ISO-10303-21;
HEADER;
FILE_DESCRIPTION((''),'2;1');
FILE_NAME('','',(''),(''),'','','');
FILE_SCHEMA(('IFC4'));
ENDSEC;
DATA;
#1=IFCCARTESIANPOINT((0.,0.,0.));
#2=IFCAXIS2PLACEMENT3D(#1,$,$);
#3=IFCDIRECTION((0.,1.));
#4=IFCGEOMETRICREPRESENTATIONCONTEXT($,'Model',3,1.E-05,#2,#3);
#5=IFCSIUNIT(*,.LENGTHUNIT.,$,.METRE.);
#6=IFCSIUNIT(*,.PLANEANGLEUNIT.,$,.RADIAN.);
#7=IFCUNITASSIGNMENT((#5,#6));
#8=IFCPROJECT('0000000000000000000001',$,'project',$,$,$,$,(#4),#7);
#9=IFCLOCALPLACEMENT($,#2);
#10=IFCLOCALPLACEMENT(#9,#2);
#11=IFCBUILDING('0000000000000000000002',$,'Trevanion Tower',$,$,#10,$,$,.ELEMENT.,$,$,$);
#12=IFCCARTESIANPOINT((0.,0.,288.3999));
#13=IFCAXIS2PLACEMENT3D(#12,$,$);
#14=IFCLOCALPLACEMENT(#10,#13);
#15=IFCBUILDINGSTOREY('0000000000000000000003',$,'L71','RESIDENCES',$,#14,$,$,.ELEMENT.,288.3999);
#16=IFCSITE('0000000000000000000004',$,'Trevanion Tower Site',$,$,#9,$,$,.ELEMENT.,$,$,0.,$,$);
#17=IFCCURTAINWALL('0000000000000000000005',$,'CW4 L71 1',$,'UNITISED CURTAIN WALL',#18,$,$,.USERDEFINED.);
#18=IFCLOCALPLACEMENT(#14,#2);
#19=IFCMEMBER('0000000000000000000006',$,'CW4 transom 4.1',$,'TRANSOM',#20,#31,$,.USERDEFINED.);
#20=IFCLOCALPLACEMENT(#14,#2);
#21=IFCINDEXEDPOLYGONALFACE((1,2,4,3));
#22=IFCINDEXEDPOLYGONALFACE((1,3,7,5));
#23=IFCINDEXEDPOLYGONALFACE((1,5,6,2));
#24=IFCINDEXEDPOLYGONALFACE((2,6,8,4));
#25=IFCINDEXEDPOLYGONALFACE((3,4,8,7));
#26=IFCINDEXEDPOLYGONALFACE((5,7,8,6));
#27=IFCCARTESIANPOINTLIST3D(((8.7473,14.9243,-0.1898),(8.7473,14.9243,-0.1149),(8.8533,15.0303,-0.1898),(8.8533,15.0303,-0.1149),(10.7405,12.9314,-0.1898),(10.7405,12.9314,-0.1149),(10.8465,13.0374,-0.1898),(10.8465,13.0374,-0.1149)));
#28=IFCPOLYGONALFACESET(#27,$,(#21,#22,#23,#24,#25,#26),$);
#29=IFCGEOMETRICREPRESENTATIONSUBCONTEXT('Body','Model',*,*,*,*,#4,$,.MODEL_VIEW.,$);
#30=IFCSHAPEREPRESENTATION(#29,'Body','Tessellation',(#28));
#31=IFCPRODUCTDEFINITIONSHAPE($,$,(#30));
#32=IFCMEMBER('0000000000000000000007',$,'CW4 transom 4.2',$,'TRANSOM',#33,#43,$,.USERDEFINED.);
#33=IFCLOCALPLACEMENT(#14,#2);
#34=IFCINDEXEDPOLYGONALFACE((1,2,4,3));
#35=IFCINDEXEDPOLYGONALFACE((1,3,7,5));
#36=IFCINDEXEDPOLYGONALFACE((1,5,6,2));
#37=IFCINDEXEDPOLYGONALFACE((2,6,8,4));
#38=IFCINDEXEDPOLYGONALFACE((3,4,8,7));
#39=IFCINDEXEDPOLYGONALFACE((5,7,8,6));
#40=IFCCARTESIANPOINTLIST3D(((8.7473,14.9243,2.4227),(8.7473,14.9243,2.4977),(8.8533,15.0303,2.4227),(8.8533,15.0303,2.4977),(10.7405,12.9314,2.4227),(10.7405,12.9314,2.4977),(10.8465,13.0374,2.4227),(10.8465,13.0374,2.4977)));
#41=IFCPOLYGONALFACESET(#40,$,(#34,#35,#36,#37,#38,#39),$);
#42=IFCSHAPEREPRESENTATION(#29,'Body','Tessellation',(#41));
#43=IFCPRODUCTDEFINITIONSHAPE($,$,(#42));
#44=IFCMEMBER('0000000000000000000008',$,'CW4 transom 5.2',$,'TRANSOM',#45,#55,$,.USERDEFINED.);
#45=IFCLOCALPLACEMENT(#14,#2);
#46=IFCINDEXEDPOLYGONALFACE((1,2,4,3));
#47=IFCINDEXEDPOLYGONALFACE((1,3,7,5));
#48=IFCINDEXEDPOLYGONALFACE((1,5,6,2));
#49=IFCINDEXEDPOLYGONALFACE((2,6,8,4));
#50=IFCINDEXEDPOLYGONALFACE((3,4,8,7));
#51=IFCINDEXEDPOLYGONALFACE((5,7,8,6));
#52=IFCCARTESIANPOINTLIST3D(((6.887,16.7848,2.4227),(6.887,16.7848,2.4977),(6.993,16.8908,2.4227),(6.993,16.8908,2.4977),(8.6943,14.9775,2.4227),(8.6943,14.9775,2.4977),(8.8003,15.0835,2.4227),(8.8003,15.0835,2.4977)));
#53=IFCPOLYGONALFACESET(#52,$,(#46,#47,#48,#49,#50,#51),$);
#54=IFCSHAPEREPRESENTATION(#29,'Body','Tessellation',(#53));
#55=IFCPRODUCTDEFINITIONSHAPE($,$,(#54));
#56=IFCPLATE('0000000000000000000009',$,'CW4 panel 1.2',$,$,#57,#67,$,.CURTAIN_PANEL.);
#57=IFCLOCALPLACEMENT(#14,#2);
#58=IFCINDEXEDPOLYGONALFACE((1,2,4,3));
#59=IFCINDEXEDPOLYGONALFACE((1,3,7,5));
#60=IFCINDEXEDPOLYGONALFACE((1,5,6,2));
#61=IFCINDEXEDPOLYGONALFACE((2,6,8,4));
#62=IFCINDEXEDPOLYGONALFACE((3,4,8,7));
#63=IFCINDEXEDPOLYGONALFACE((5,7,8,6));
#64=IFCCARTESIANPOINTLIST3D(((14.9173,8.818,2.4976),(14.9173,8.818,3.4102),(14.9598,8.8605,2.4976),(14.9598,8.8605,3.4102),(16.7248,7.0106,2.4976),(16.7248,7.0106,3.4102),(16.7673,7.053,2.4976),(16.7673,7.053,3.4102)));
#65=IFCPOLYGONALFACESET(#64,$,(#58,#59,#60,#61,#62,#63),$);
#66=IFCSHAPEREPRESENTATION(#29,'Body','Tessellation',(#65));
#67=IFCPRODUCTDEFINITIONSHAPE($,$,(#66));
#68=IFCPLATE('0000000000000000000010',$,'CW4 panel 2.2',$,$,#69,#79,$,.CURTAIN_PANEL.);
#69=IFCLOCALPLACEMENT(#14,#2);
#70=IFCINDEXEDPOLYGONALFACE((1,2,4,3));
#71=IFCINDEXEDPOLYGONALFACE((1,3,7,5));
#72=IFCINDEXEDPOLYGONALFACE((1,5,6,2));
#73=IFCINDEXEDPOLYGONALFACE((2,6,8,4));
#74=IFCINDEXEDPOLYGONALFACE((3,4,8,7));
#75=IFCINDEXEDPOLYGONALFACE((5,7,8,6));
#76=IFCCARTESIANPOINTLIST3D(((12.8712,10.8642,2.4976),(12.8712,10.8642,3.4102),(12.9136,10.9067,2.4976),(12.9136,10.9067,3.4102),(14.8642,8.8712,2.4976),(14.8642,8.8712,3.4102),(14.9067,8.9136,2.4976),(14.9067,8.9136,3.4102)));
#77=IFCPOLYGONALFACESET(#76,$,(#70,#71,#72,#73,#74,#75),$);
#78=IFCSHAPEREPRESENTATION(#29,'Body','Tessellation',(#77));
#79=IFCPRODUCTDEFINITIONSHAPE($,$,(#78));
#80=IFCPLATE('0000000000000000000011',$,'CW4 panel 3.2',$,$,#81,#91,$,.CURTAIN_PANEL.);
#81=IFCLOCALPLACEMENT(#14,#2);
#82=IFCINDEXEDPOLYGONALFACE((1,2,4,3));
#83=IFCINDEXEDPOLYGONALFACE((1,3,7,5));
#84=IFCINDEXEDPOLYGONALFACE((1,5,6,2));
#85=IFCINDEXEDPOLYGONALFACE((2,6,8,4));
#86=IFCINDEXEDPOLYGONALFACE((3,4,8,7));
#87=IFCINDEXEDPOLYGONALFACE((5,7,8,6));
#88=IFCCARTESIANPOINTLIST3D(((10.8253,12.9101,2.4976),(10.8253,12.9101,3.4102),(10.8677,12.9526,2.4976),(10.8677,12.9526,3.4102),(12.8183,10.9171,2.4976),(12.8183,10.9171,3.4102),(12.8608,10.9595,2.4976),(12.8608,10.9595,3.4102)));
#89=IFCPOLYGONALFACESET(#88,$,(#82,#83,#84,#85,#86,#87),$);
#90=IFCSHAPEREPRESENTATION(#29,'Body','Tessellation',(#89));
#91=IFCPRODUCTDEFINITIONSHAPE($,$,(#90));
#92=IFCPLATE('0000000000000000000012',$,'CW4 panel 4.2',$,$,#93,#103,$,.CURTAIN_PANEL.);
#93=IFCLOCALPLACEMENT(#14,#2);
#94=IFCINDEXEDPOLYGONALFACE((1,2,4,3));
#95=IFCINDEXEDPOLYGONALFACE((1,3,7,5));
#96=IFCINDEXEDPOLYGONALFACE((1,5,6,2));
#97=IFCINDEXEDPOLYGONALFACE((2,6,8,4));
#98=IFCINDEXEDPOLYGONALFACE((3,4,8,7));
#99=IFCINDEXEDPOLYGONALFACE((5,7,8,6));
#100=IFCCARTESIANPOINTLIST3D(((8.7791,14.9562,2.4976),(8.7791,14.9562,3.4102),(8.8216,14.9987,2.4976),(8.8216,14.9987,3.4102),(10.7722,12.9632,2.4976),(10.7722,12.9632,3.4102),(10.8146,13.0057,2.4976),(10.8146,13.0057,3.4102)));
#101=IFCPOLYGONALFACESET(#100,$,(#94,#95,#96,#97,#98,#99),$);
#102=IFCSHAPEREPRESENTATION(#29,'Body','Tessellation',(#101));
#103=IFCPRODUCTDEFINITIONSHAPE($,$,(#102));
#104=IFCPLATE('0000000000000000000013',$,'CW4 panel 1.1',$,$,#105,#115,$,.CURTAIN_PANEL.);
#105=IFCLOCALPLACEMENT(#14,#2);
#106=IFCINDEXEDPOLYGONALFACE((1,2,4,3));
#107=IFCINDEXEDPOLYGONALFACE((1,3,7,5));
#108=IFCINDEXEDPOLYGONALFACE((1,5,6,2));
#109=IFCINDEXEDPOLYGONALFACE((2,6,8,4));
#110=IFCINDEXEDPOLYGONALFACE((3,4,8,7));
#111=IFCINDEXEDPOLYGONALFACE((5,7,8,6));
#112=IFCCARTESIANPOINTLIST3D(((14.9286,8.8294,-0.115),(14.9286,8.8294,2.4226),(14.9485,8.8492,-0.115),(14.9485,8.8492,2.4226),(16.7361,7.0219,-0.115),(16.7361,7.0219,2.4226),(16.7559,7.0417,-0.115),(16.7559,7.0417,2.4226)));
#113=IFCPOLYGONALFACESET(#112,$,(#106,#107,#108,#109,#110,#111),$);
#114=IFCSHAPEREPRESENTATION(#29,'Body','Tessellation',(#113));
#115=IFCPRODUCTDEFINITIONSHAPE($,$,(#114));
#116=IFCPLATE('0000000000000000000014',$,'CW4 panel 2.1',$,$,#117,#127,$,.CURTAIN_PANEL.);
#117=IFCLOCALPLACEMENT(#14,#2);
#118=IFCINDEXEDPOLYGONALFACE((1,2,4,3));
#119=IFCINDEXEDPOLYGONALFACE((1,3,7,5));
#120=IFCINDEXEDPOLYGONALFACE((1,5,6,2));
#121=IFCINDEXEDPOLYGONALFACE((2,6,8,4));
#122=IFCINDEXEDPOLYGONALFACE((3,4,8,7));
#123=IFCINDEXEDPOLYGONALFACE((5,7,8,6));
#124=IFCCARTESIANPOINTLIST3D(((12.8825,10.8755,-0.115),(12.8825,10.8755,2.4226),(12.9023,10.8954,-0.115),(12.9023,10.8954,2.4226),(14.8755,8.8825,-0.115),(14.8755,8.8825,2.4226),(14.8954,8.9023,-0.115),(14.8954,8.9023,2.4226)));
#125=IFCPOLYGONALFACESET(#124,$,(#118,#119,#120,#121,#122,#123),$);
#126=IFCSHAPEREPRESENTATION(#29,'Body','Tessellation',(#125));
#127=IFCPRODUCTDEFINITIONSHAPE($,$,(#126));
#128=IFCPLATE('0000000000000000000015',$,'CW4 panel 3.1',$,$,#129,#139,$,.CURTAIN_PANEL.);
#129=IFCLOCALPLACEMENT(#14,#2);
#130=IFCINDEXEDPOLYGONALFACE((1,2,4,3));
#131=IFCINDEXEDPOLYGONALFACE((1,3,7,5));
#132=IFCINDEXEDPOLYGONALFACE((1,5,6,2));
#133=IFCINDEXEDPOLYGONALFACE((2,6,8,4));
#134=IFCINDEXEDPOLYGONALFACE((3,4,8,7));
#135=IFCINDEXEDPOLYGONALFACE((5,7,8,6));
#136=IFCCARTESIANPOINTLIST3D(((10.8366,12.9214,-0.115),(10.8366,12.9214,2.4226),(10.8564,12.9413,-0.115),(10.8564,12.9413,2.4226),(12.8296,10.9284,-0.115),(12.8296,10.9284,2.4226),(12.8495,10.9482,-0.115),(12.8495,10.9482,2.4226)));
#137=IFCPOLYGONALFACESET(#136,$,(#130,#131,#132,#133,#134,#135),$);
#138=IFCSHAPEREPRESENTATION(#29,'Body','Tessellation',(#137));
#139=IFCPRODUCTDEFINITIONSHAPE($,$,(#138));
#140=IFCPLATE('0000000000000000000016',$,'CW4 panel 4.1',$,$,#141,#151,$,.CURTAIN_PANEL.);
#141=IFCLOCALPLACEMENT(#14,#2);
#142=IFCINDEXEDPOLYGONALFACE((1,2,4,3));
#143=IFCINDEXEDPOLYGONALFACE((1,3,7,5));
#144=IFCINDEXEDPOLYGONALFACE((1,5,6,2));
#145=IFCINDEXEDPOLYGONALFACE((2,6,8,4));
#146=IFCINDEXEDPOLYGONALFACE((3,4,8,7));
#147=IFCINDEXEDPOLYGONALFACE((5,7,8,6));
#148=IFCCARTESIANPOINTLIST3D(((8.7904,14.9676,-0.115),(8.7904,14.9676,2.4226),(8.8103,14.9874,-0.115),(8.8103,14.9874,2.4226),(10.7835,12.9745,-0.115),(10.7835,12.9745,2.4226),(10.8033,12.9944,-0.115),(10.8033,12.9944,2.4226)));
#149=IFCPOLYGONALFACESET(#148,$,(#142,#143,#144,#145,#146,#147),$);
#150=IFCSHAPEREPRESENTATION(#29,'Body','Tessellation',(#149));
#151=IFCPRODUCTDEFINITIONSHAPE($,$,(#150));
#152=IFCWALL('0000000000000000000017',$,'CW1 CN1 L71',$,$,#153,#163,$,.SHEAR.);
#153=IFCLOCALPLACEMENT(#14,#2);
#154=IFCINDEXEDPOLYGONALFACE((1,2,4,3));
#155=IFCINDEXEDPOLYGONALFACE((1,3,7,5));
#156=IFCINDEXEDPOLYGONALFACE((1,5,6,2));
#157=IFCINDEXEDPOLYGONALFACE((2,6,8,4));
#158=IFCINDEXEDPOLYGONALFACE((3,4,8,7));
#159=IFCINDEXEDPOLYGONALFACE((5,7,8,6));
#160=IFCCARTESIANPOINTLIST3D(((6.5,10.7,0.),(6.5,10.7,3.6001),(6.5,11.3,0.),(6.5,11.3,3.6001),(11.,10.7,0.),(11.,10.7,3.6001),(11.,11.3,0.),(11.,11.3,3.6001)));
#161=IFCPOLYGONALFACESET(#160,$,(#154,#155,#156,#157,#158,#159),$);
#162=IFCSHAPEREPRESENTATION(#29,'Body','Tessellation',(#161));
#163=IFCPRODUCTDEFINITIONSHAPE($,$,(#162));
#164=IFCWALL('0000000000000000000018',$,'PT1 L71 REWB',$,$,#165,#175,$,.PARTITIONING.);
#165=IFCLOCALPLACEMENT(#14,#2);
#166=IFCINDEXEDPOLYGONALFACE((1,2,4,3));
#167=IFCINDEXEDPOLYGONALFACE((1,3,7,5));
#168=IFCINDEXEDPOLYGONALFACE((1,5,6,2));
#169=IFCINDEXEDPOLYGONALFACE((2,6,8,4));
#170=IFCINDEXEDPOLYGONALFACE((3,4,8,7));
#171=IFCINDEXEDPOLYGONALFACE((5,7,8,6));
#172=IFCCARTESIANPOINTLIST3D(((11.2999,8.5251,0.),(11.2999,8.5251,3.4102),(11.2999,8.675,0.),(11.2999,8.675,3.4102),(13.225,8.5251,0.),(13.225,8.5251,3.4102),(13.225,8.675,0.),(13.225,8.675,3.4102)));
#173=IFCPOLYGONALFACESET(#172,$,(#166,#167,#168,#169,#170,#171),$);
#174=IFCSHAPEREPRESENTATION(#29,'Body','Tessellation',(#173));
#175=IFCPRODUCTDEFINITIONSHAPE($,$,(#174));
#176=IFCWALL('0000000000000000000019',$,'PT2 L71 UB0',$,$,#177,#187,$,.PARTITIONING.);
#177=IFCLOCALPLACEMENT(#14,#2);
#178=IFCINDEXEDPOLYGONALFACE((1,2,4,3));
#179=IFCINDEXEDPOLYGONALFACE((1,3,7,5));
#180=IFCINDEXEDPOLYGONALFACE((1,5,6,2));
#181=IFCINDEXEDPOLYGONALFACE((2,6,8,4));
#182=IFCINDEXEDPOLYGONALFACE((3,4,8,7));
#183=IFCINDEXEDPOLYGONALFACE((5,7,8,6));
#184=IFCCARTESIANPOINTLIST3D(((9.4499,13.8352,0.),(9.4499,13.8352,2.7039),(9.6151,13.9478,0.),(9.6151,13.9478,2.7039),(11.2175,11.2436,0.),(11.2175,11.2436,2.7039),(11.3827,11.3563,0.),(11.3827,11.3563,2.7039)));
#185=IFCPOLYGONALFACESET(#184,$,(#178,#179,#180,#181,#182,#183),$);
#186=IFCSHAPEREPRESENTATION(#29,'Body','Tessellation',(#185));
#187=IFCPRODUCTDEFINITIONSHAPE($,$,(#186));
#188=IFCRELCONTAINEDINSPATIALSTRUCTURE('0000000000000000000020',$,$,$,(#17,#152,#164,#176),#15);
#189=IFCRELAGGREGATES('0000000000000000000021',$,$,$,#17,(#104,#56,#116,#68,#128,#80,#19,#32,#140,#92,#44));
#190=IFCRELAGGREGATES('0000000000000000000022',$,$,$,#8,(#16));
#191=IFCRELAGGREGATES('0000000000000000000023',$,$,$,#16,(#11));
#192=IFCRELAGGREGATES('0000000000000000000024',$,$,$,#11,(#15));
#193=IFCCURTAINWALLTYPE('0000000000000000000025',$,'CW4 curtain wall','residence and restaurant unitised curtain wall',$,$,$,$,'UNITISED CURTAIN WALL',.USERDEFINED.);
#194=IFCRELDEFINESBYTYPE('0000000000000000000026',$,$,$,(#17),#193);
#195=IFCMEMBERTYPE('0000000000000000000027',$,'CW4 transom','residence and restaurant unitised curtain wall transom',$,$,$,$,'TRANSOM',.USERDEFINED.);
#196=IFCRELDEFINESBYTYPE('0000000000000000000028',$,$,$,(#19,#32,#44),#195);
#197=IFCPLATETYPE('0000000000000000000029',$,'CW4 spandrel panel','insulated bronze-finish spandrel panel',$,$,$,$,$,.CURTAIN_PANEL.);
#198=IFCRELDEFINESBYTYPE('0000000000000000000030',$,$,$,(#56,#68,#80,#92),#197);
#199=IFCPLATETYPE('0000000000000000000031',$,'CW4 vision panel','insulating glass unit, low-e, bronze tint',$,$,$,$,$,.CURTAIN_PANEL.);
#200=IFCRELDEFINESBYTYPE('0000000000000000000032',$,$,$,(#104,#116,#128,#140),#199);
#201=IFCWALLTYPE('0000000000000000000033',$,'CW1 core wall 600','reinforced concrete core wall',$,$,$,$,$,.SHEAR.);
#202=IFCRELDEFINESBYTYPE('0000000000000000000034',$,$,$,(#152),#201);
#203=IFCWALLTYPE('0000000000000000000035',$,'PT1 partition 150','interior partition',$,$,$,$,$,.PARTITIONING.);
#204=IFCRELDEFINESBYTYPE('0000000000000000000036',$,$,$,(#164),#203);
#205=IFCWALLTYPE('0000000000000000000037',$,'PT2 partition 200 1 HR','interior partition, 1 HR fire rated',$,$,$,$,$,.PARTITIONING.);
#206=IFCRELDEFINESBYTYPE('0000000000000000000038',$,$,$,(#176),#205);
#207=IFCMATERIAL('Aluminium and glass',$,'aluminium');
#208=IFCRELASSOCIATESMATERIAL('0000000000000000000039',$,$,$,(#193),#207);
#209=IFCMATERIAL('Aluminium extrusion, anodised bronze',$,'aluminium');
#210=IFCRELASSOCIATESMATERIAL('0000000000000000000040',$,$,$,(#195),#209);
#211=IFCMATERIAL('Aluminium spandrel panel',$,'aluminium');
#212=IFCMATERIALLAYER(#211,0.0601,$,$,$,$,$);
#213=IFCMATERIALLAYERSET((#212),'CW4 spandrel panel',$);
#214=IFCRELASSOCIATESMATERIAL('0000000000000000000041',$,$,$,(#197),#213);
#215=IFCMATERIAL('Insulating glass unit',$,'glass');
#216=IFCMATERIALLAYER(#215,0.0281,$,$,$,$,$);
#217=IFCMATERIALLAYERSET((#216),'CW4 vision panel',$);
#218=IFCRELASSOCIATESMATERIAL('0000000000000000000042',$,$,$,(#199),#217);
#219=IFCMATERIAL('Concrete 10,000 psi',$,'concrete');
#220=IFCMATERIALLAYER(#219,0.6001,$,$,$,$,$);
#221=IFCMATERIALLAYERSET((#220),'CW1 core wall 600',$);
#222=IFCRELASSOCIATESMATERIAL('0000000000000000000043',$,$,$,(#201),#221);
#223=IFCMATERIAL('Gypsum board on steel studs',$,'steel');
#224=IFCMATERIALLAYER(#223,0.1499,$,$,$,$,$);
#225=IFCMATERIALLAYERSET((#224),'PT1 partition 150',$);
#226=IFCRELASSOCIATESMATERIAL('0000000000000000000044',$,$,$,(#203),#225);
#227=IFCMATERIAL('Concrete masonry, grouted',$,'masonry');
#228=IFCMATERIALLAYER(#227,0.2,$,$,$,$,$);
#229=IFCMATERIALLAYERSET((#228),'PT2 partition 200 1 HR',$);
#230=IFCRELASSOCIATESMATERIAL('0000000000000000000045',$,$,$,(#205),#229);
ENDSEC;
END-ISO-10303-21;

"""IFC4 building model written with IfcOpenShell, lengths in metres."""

from ifc_helpers import new_model, si_unit, direction, frame, frame_2d, origin, origin_2d, place, context, subcontext, project, spatial, rectangle, extrude, material, layer, layer_set, material_profile, profile_set, type_object, element, aggregate, save


model = new_model("IFC4")

# Units and contexts
model_context = context("Model", 3, precision=1e-05, world=origin(), true_north=direction((0.0, 1.0)))
body_context = subcontext(model_context, "Body", "Model", "MODEL_VIEW")
ifc_project = project(units=[si_unit("LENGTHUNIT", "METRE"), si_unit("PLANEANGLEUNIT", "RADIAN")], contexts=[model_context])

# Site, building, storey
site_placement = place(None, origin())
site = spatial("IfcSite", under=ifc_project, at=site_placement, Name="Trevanion Tower Site", CompositionType="ELEMENT", RefElevation=0.0)
building_placement = place(site_placement, origin())
building = spatial("IfcBuilding", under=site, at=building_placement, Name="Trevanion Tower", CompositionType="ELEMENT")
storey_placement = place(building_placement, frame((0.0, 0.0, 288.3999)))
storey = spatial("IfcBuildingStorey", under=building, at=storey_placement, Name="L71", Description="RESIDENCES", CompositionType="ELEMENT", Elevation=288.3999)

# Curtain wall
ifc_material_1 = material(Name="Aluminium and glass", Category="aluminium")
curtain_wall_type = type_object("IfcCurtainWallType", Name="CW4 curtain wall", Description="residence and restaurant unitised curtain wall", ElementType="UNITISED CURTAIN WALL", PredefinedType="USERDEFINED", material=ifc_material_1)
curtain_wall_1_placement = place(storey_placement, origin())
curtain_wall_1 = element("IfcCurtainWall", 1, at=curtain_wall_1_placement, inside=storey, type_object=curtain_wall_type, Name="CW4 L71 1", ObjectType="UNITISED CURTAIN WALL", PredefinedType="USERDEFINED")

# Members
ifc_material_2 = material(Name="Aluminium extrusion, anodised bronze", Category="aluminium")
ifc_material_profile_1 = material_profile(ifc_material_2, rectangle(XDim=0.1499, YDim=0.075, at=origin_2d()), Name="CW4 transom")
ifc_profile_set_1 = profile_set([ifc_material_profile_1], Name="Aluminium extrusion, anodised bronze")
member_type_1 = type_object("IfcMemberType", Name="CW4 transom", Description="residence and restaurant unitised curtain wall transom", ElementType="TRANSOM", PredefinedType="USERDEFINED", material=ifc_profile_set_1)
member_1_placement = place(storey_placement, frame((10.7935, 12.9844, -0.1523), z_axis=(-0.70715, 0.707063, 0.0), x_axis=(-0.707063, -0.70715, 0.0)))
member_1 = element("IfcMember", 2, at=member_1_placement, type_object=member_type_1, Name="CW4 transom 4.1", ObjectType="TRANSOM", PredefinedType="USERDEFINED", context=body_context, shape_type="SweptSolid", body=[
    extrude(rectangle(XDim=0.1499, YDim=0.075, at=origin_2d()), origin(), (0.0, 0.0, 1.0), 2.8186),
])
member_2_placement = place(storey_placement, frame((10.7935, 12.9844, 2.4602), z_axis=(-0.70715, 0.707063, 0.0), x_axis=(-0.707063, -0.70715, 0.0)))
member_2 = element("IfcMember", 3, at=member_2_placement, type_object=member_type_1, Name="CW4 transom 4.2", ObjectType="TRANSOM", PredefinedType="USERDEFINED", context=body_context, shape_type="SweptSolid", body=[
    extrude(rectangle(XDim=0.1499, YDim=0.075, at=origin_2d()), origin(), (0.0, 0.0, 1.0), 2.8186),
])
member_3_placement = place(storey_placement, frame((8.7473, 15.0305, 2.4602), z_axis=(-0.707107, 0.707107, 0.0), x_axis=(-0.707107, -0.707107, 0.0)))
member_3 = element("IfcMember", 4, at=member_3_placement, type_object=member_type_1, Name="CW4 transom 5.2", ObjectType="TRANSOM", PredefinedType="USERDEFINED", context=body_context, shape_type="SweptSolid", body=[
    extrude(rectangle(XDim=0.1499, YDim=0.075, at=origin_2d()), origin(), (0.0, 0.0, 1.0), 2.5559),
])

# Plates
ifc_material_3 = material(Name="Aluminium spandrel panel", Category="aluminium")
ifc_layer_1 = layer(ifc_material_3, 0.0601)
ifc_layer_set_1 = layer_set([ifc_layer_1], Name="CW4 spandrel panel")
plate_type_1 = type_object("IfcPlateType", Name="CW4 spandrel panel", Description="insulated bronze-finish spandrel panel", PredefinedType="CURTAIN_PANEL", material=ifc_layer_set_1)
plate_1_placement = place(storey_placement, frame((15.8423, 7.9355, 2.4976), z_axis=(0.0, 0.0, 1.0), x_axis=(-0.707107, 0.707107, 0.0)))
plate_1 = element("IfcPlate", 5, at=plate_1_placement, type_object=plate_type_1, Name="CW4 panel 1.2", PredefinedType="CURTAIN_PANEL", context=body_context, shape_type="SweptSolid", body=[
    extrude(rectangle(XDim=2.5562, YDim=0.0601, at=origin_2d()), origin(), (0.0, 0.0, 1.0), 0.9126),
])
plate_2_placement = place(storey_placement, frame((13.8889, 9.8889, 2.4976), z_axis=(0.0, 0.0, 1.0), x_axis=(-0.707107, 0.707107, 0.0)))
plate_2 = element("IfcPlate", 6, at=plate_2_placement, type_object=plate_type_1, Name="CW4 panel 2.2", PredefinedType="CURTAIN_PANEL", context=body_context, shape_type="SweptSolid", body=[
    extrude(rectangle(XDim=2.8186, YDim=0.0601, at=origin_2d()), origin(), (0.0, 0.0, 1.0), 0.9126),
])
plate_3_placement = place(storey_placement, frame((11.843, 11.9348, 2.4976), z_axis=(0.0, 0.0, 1.0), x_axis=(-0.707107, 0.707107, 0.0)))
plate_3 = element("IfcPlate", 7, at=plate_3_placement, type_object=plate_type_1, Name="CW4 panel 3.2", PredefinedType="CURTAIN_PANEL", context=body_context, shape_type="SweptSolid", body=[
    extrude(rectangle(XDim=2.8186, YDim=0.0601, at=origin_2d()), origin(), (0.0, 0.0, 1.0), 0.9126),
])
plate_4_placement = place(storey_placement, frame((9.7969, 13.981, 2.4976), z_axis=(0.0, 0.0, 1.0), x_axis=(-0.707107, 0.707107, 0.0)))
plate_4 = element("IfcPlate", 8, at=plate_4_placement, type_object=plate_type_1, Name="CW4 panel 4.2", PredefinedType="CURTAIN_PANEL", context=body_context, shape_type="SweptSolid", body=[
    extrude(rectangle(XDim=2.8186, YDim=0.0601, at=origin_2d()), origin(), (0.0, 0.0, 1.0), 0.9126),
])
ifc_material_4 = material(Name="Insulating glass unit", Category="glass")
ifc_layer_2 = layer(ifc_material_4, 0.0281)
ifc_layer_set_2 = layer_set([ifc_layer_2], Name="CW4 vision panel")
plate_type_2 = type_object("IfcPlateType", Name="CW4 vision panel", Description="insulating glass unit, low-e, bronze tint", PredefinedType="CURTAIN_PANEL", material=ifc_layer_set_2)
plate_5_placement = place(storey_placement, frame((15.8423, 7.9355, -0.115), z_axis=(0.0, 0.0, 1.0), x_axis=(-0.707107, 0.707107, 0.0)))
plate_5 = element("IfcPlate", 9, at=plate_5_placement, type_object=plate_type_2, Name="CW4 panel 1.1", PredefinedType="CURTAIN_PANEL", context=body_context, shape_type="SweptSolid", body=[
    extrude(rectangle(XDim=2.5562, YDim=0.0281, at=origin_2d()), origin(), (0.0, 0.0, 1.0), 2.5376),
])
plate_6_placement = place(storey_placement, frame((13.8889, 9.8889, -0.115), z_axis=(0.0, 0.0, 1.0), x_axis=(-0.707107, 0.707107, 0.0)))
plate_6 = element("IfcPlate", 10, at=plate_6_placement, type_object=plate_type_2, Name="CW4 panel 2.1", PredefinedType="CURTAIN_PANEL", context=body_context, shape_type="SweptSolid", body=[
    extrude(rectangle(XDim=2.8186, YDim=0.0281, at=origin_2d()), origin(), (0.0, 0.0, 1.0), 2.5376),
])
plate_7_placement = place(storey_placement, frame((11.843, 11.9348, -0.115), z_axis=(0.0, 0.0, 1.0), x_axis=(-0.707107, 0.707107, 0.0)))
plate_7 = element("IfcPlate", 11, at=plate_7_placement, type_object=plate_type_2, Name="CW4 panel 3.1", PredefinedType="CURTAIN_PANEL", context=body_context, shape_type="SweptSolid", body=[
    extrude(rectangle(XDim=2.8186, YDim=0.0281, at=origin_2d()), origin(), (0.0, 0.0, 1.0), 2.5376),
])
plate_8_placement = place(storey_placement, frame((9.7969, 13.981, -0.115), z_axis=(0.0, 0.0, 1.0), x_axis=(-0.707107, 0.707107, 0.0)))
plate_8 = element("IfcPlate", 12, at=plate_8_placement, type_object=plate_type_2, Name="CW4 panel 4.1", PredefinedType="CURTAIN_PANEL", context=body_context, shape_type="SweptSolid", body=[
    extrude(rectangle(XDim=2.8186, YDim=0.0281, at=origin_2d()), origin(), (0.0, 0.0, 1.0), 2.5376),
])
aggregate(curtain_wall_1, [plate_5, plate_1, plate_6, plate_2, plate_7, plate_3, member_1, member_2, plate_8, plate_4, member_3])

# Walls
ifc_material_5 = material(Name="Concrete 10,000 psi", Category="concrete")
ifc_layer_3 = layer(ifc_material_5, 0.6001)
ifc_layer_set_3 = layer_set([ifc_layer_3], Name="CW1 core wall 600")
wall_type_1 = type_object("IfcWallType", Name="CW1 core wall 600", Description="reinforced concrete core wall", PredefinedType="SHEAR", material=ifc_layer_set_3)
wall_1_placement = place(storey_placement, frame((11.0, 11.0, 0.0), z_axis=(0.0, 0.0, 1.0), x_axis=(-1.0, 0.0, 0.0)))
element("IfcWall", 13, at=wall_1_placement, inside=storey, type_object=wall_type_1, Name="CW1 CN1 L71", PredefinedType="SHEAR", context=body_context, shape_type="SweptSolid", body=[
    extrude(rectangle(XDim=4.5, YDim=0.6001, at=frame_2d((2.25, 0.0))), origin(), (0.0, 0.0, 1.0), 3.6001),
])
ifc_material_6 = material(Name="Gypsum board on steel studs", Category="steel")
ifc_layer_4 = layer(ifc_material_6, 0.1499)
ifc_layer_set_4 = layer_set([ifc_layer_4], Name="PT1 partition 150")
wall_type_2 = type_object("IfcWallType", Name="PT1 partition 150", Description="interior partition", PredefinedType="PARTITIONING", material=ifc_layer_set_4)
wall_2_placement = place(storey_placement, frame((11.3, 8.6001, 0.0), z_axis=(0.0, 0.0, 1.0), x_axis=(1.0, 0.0, 0.0)))
element("IfcWall", 14, at=wall_2_placement, inside=storey, type_object=wall_type_2, Name="PT1 L71 REWB", PredefinedType="PARTITIONING", context=body_context, shape_type="SweptSolid", body=[
    extrude(rectangle(XDim=1.925, YDim=0.1499, at=frame_2d((0.9624, 0.0))), origin(), (0.0, 0.0, 1.0), 3.4102),
])
ifc_material_7 = material(Name="Concrete masonry, grouted", Category="masonry")
ifc_layer_5 = layer(ifc_material_7, 0.2)
ifc_layer_set_5 = layer_set([ifc_layer_5], Name="PT2 partition 200 1 HR")
wall_type_3 = type_object("IfcWallType", Name="PT2 partition 200 1 HR", Description="interior partition, 1 HR fire rated", PredefinedType="PARTITIONING", material=ifc_layer_set_5)
wall_3_placement = place(storey_placement, frame((11.3, 11.3, 0.0), z_axis=(0.0, 0.0, 1.0), x_axis=(-0.56347, 0.826137, 0.0)))
element("IfcWall", 15, at=wall_3_placement, inside=storey, type_object=wall_type_3, Name="PT2 L71 UB0", PredefinedType="PARTITIONING", context=body_context, shape_type="SweptSolid", body=[
    extrude(rectangle(XDim=3.137, YDim=0.2, at=frame_2d((1.5684, 0.0))), origin(), (0.0, 0.0, 1.0), 2.7039),
])

save(model, "model.ifc")
